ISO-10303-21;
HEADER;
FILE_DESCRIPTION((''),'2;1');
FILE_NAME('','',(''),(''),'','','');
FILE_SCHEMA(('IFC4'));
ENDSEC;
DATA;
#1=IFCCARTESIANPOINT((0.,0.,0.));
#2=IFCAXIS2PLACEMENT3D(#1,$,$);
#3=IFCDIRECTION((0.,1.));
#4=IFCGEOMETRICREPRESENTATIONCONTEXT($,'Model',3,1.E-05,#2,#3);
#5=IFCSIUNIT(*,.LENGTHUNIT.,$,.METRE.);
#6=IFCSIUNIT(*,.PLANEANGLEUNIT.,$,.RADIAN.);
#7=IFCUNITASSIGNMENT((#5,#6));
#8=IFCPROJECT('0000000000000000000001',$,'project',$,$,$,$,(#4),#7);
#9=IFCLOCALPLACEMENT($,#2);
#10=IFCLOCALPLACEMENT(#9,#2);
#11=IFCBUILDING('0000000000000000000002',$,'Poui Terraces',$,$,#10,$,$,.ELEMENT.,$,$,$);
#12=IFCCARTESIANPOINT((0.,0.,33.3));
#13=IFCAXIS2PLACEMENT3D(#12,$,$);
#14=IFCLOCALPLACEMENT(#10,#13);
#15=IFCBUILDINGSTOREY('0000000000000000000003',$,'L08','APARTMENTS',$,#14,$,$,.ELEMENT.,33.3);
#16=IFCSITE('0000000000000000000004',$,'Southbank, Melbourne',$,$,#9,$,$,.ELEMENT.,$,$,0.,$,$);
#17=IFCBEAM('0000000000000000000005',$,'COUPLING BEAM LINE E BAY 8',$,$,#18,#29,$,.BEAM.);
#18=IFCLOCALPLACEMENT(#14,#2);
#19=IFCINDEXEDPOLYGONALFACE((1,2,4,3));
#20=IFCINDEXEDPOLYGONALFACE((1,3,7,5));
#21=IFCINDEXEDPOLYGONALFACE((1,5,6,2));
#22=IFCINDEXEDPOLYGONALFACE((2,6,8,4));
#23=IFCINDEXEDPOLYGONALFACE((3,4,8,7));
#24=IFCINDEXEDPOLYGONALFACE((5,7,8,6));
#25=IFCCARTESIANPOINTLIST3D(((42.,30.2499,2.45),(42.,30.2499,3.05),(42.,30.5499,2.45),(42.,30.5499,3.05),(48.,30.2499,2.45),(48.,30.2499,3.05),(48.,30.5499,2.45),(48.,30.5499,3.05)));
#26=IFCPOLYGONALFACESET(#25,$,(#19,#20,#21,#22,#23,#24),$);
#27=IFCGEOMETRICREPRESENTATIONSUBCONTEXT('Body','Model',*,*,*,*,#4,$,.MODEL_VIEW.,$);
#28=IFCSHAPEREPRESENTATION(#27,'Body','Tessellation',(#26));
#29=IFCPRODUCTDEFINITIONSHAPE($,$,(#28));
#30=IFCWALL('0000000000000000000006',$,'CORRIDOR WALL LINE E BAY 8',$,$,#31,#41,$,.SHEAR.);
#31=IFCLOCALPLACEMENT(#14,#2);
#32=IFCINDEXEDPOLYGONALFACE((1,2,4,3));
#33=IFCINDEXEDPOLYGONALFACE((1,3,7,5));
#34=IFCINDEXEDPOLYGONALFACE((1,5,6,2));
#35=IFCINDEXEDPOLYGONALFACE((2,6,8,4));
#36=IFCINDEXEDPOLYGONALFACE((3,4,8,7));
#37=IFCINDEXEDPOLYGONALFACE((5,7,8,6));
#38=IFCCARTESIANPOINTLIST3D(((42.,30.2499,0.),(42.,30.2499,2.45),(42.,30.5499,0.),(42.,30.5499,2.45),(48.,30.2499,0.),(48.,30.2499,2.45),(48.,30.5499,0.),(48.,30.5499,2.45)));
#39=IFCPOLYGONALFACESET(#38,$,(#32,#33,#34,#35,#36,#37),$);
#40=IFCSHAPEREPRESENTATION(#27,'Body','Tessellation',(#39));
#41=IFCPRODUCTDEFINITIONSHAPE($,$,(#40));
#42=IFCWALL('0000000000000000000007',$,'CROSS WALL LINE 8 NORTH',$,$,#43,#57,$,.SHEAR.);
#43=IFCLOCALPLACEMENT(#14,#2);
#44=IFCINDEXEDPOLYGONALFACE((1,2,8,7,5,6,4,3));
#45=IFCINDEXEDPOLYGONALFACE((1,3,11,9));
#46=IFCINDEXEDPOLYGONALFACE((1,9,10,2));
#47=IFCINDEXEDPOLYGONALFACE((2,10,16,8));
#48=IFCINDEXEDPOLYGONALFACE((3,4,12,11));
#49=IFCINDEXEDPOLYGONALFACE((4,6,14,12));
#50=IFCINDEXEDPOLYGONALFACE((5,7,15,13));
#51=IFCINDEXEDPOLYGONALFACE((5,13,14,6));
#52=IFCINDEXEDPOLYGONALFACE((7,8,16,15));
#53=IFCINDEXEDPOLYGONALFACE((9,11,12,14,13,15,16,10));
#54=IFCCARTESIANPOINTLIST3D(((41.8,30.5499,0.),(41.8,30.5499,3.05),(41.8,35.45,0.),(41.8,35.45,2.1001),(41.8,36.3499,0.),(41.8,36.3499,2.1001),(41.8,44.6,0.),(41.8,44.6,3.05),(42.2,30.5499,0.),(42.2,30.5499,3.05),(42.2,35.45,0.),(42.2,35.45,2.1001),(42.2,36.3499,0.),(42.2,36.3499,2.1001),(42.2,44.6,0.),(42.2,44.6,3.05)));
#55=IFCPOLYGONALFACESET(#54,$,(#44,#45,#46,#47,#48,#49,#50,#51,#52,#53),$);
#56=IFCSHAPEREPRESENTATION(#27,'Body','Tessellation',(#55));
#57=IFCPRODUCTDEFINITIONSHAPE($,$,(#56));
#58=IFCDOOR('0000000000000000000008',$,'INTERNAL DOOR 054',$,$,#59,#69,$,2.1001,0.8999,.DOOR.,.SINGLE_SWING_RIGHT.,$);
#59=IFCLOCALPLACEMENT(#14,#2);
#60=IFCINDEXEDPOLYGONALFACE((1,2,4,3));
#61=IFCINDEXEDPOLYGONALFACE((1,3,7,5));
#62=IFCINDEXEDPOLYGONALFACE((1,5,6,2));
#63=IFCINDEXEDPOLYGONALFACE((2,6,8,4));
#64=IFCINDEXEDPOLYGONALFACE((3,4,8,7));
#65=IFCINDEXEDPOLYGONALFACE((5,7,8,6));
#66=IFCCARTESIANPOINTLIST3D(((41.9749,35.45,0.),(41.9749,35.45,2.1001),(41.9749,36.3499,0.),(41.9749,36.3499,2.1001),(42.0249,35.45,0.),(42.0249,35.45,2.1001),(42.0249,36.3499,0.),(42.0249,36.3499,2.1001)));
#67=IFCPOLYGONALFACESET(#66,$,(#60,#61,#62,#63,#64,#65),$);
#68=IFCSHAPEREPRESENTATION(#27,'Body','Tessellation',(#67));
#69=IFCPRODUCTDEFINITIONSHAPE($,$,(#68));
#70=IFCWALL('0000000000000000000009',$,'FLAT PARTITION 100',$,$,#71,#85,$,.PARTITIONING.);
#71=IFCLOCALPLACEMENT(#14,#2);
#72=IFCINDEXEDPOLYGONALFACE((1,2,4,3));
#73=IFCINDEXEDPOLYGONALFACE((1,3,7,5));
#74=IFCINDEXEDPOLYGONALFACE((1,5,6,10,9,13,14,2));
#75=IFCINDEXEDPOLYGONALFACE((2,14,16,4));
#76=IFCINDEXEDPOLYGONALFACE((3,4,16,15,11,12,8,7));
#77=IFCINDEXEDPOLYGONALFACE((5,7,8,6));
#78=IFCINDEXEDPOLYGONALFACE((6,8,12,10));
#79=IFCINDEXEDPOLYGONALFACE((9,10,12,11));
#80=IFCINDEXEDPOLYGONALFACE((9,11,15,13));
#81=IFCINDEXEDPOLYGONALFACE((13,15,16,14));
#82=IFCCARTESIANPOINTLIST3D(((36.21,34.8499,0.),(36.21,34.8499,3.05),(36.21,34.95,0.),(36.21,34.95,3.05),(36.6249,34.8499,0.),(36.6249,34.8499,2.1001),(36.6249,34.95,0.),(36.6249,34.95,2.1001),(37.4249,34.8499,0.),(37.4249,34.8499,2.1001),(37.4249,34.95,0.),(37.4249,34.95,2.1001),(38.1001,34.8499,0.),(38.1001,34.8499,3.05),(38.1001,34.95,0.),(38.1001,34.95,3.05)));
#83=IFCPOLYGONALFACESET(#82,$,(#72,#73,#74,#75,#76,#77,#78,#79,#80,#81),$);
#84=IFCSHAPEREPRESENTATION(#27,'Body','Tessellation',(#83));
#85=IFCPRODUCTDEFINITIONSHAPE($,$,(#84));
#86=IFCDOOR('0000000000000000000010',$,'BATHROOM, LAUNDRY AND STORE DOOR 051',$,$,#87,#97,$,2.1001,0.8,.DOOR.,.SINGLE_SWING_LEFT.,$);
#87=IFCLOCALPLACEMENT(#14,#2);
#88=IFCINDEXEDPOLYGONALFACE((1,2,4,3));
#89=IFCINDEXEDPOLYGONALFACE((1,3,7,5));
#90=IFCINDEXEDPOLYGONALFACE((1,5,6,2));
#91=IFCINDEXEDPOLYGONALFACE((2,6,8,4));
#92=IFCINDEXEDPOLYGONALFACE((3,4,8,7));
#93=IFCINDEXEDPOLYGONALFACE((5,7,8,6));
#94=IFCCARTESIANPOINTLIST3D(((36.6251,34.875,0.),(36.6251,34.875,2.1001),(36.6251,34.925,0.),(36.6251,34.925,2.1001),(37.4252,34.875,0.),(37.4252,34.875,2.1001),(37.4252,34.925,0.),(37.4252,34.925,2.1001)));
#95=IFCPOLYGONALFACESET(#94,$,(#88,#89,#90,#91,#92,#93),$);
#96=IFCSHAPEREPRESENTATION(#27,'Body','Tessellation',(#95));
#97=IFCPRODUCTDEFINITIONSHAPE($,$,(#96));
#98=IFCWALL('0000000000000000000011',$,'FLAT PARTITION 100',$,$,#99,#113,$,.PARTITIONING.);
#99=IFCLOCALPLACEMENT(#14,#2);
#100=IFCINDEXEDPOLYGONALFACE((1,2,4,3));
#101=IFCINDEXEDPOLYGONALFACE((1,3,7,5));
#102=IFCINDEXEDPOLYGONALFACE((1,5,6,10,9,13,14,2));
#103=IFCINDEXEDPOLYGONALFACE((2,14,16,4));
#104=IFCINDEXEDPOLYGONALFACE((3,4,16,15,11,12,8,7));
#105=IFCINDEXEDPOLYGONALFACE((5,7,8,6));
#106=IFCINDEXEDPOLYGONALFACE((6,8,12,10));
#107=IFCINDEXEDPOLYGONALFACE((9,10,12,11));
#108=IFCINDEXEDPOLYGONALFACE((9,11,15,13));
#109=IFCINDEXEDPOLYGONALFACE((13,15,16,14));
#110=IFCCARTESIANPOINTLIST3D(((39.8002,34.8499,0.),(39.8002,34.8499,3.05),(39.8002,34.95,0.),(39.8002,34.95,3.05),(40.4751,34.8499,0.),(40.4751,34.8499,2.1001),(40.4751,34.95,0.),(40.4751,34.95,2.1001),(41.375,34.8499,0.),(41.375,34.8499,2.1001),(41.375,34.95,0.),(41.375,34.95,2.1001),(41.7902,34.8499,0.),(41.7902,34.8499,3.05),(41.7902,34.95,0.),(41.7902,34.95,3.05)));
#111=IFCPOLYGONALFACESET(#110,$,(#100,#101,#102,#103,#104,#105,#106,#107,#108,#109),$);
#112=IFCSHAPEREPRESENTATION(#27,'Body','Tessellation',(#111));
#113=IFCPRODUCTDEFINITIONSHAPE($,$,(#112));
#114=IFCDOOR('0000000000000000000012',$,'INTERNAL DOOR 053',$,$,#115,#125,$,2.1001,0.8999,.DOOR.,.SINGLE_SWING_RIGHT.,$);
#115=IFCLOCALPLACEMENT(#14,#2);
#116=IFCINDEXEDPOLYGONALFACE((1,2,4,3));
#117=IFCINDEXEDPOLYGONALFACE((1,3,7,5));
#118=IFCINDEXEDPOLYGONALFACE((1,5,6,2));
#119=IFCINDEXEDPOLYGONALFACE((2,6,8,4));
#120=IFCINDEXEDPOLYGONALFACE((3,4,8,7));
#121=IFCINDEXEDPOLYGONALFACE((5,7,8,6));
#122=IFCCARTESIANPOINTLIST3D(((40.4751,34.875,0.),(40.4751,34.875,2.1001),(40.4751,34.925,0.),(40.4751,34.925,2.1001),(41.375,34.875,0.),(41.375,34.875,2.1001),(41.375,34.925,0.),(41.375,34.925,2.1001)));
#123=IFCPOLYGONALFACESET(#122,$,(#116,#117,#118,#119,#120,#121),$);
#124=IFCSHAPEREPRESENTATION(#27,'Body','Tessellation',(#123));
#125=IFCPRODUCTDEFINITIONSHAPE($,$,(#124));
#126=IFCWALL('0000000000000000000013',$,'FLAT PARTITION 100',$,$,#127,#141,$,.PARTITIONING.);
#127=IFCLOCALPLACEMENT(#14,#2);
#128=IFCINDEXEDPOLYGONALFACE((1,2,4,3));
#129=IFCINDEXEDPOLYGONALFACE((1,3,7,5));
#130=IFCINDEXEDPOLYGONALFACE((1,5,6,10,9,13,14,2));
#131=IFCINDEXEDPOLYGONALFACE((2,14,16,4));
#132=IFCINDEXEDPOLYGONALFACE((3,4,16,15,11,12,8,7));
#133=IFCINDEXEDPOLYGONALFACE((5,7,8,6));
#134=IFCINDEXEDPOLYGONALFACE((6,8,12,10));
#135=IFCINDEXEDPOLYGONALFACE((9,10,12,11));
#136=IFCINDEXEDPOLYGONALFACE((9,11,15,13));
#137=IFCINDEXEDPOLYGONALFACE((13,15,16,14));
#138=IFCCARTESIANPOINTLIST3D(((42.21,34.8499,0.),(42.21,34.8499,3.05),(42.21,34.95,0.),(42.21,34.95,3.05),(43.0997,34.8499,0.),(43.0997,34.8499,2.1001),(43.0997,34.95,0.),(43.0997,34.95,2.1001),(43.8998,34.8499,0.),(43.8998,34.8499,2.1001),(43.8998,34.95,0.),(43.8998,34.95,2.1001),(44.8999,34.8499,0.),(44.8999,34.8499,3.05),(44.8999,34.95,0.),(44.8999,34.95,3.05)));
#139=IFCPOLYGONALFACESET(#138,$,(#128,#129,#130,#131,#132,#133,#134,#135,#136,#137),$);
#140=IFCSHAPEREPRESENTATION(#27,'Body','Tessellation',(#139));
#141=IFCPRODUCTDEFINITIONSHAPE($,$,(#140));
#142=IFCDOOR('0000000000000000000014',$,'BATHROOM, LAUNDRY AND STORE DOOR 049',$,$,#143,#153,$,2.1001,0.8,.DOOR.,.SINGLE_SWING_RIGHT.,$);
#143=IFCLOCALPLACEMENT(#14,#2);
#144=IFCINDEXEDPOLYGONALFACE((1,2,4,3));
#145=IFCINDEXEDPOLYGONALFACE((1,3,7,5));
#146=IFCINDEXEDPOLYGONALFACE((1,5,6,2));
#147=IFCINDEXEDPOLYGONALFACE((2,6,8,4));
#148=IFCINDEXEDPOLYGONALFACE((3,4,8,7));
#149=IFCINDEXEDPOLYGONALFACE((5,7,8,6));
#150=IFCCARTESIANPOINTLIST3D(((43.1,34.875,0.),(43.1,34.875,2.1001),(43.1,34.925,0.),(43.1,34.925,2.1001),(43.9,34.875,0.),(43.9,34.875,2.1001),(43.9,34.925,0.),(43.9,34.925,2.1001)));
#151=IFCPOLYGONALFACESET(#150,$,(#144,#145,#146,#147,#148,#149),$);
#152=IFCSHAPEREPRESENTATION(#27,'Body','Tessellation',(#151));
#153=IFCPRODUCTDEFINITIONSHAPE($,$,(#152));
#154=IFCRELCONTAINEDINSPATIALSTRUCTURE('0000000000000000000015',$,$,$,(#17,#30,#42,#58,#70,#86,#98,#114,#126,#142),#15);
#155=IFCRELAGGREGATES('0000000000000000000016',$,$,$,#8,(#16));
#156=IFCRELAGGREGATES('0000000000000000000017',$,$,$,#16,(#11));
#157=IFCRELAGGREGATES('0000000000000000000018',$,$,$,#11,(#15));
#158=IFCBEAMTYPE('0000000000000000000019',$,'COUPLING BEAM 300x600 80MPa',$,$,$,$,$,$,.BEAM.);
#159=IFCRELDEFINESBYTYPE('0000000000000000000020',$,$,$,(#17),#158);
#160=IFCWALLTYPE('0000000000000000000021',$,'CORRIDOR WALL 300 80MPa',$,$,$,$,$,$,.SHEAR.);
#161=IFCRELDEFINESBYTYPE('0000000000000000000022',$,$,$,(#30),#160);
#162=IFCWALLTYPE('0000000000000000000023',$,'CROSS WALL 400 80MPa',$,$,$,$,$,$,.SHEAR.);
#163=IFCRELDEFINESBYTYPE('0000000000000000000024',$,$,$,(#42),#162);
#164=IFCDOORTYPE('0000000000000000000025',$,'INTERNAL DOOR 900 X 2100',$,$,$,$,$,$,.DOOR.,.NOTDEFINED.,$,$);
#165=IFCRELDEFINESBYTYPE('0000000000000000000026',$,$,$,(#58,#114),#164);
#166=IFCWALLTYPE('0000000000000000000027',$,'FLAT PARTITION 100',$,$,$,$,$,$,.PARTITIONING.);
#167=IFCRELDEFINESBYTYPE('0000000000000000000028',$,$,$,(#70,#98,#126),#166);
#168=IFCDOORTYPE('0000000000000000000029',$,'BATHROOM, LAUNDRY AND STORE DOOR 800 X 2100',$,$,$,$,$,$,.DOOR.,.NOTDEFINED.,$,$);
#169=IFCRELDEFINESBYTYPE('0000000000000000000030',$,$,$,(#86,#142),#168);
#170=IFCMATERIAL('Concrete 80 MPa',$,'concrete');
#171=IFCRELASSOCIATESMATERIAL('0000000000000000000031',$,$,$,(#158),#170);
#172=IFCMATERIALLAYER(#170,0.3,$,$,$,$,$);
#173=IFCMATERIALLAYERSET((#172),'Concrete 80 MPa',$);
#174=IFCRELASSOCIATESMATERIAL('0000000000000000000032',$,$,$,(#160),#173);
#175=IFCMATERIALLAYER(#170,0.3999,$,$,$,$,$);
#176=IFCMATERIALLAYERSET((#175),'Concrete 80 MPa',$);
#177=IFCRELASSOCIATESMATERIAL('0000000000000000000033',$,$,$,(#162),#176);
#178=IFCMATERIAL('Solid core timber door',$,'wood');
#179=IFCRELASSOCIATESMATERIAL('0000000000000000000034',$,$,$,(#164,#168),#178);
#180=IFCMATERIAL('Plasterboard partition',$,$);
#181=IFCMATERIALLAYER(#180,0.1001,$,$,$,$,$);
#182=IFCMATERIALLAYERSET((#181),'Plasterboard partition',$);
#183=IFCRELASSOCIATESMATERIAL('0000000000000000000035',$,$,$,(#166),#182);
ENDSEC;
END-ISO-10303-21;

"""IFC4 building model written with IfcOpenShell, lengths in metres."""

from ifc_helpers import new_model, si_unit, direction, frame, frame_2d, origin, origin_2d, place, context, subcontext, project, spatial, rectangle, extrude, source, transform, mapped, material, layer, layer_set, material_profile, profile_set, type_object, element, fill, save


model = new_model("IFC4")

# Units and contexts
model_context = context("Model", 3, precision=1e-05, world=origin(), true_north=direction((0.0, 1.0)))
body_context = subcontext(model_context, "Body", "Model", "MODEL_VIEW")
ifc_project = project(units=[si_unit("LENGTHUNIT", "METRE"), si_unit("PLANEANGLEUNIT", "RADIAN")], contexts=[model_context])

# Site, building, storey
site_placement = place(None, origin())
site = spatial("IfcSite", under=ifc_project, at=site_placement, Name="Southbank, Melbourne", CompositionType="ELEMENT", RefElevation=0.0)
building_placement = place(site_placement, origin())
building = spatial("IfcBuilding", under=site, at=building_placement, Name="Poui Terraces", CompositionType="ELEMENT")
storey_placement = place(building_placement, frame((0.0, 0.0, 33.3)))
storey = spatial("IfcBuildingStorey", under=building, at=storey_placement, Name="L08", Description="APARTMENTS", CompositionType="ELEMENT", Elevation=33.3)

# Beam
ifc_material_1 = material(Name="Concrete 80 MPa", Category="concrete")
ifc_material_profile_1 = material_profile(ifc_material_1, rectangle(XDim=0.3, YDim=0.6001, at=origin_2d()), Name="RC 300x600")
ifc_profile_set_1 = profile_set([ifc_material_profile_1], Name="Concrete 80 MPa")
beam_type = type_object("IfcBeamType", Name="COUPLING BEAM 300x600 80MPa", PredefinedType="BEAM", material=ifc_profile_set_1)
shared_shape_1 = source(origin(), body_context, "Body", "SweptSolid", [
    extrude(rectangle(XDim=0.3, YDim=0.6001, at=origin_2d()), origin(), (0.0, 0.0, 1.0), 6.0),
])
beam_placement = place(storey_placement, frame((42.0, 30.3999, 2.75), z_axis=(1.0, 0.0, 0.0), x_axis=(0.0, 1.0, 0.0)))
element("IfcBeam", 1, at=beam_placement, inside=storey, type_object=beam_type, Name="COUPLING BEAM LINE E BAY 8", PredefinedType="BEAM", context=body_context, shape_type="MappedRepresentation", body=[
    mapped(shared_shape_1, transform((0.0, 0.0, 0.0))),
])

# Wall
ifc_layer_1 = layer(ifc_material_1, 0.3)
ifc_layer_set_1 = layer_set([ifc_layer_1], Name="Concrete 80 MPa")
wall_type_1 = type_object("IfcWallType", Name="CORRIDOR WALL 300 80MPa", PredefinedType="SHEAR", material=ifc_layer_set_1)
wall_1_placement = place(storey_placement, frame((42.0, 30.3999, 0.0), z_axis=(0.0, 0.0, 1.0), x_axis=(1.0, 0.0, 0.0)))
element("IfcWall", 2, at=wall_1_placement, inside=storey, type_object=wall_type_1, Name="CORRIDOR WALL LINE E BAY 8", PredefinedType="SHEAR", context=body_context, shape_type="SweptSolid", body=[
    extrude(rectangle(XDim=6.0, YDim=0.3, at=frame_2d((3.0, 0.0))), origin(), (0.0, 0.0, 1.0), 2.45),
])

# Walls, openings, doors
ifc_layer_2 = layer(ifc_material_1, 0.3999)
ifc_layer_set_2 = layer_set([ifc_layer_2], Name="Concrete 80 MPa")
wall_type_2 = type_object("IfcWallType", Name="CROSS WALL 400 80MPa", PredefinedType="SHEAR", material=ifc_layer_set_2)
wall_2_placement = place(storey_placement, frame((42.0, 30.55, 0.0), z_axis=(0.0, 0.0, 1.0), x_axis=(0.0, 1.0, 0.0)))
wall_2 = element("IfcWall", 3, at=wall_2_placement, inside=storey, type_object=wall_type_2, Name="CROSS WALL LINE 8 NORTH", PredefinedType="SHEAR", context=body_context, shape_type="SweptSolid", body=[
    extrude(rectangle(XDim=14.05, YDim=0.3999, at=frame_2d((7.0249, 0.0))), origin(), (0.0, 0.0, 1.0), 3.05),
])
opening_1_placement = place(wall_2_placement, frame((4.8999, 0.0, 0.0)))
opening_1 = element("IfcOpeningElement", 4, at=opening_1_placement, cuts=wall_2, PredefinedType="OPENING", context=body_context, shape_type="SweptSolid", body=[
    extrude(rectangle(XDim=0.8999, YDim=2.1001, at=frame_2d((0.45, 1.05))), frame((0.0, 0.21, 0.0), z_axis=(0.0, -1.0, 0.0), x_axis=(1.0, 0.0, 0.0)), (0.0, 0.0, 1.0), 0.4199),
])
ifc_material_2 = material(Name="Solid core timber door", Category="wood")
door_type_1 = type_object("IfcDoorType", Name="INTERNAL DOOR 900 X 2100", OperationType="NOTDEFINED", PredefinedType="DOOR", material=ifc_material_2)
door_1_placement = place(opening_1_placement, frame((0.8999, 0.0, 0.0), z_axis=(0.0, 0.0, 1.0), x_axis=(-1.0, 0.0, 0.0)))
door_1 = element("IfcDoor", 5, at=door_1_placement, inside=storey, type_object=door_type_1, Name="INTERNAL DOOR 054", OperationType="SINGLE_SWING_RIGHT", OverallHeight=2.1001, OverallWidth=0.8999, PredefinedType="DOOR", context=body_context, shape_type="SweptSolid", body=[
    extrude(rectangle(XDim=0.8999, YDim=2.1001, at=frame_2d((0.45, 1.05))), frame((0.0, 0.0249, 0.0), z_axis=(0.0, -1.0, 0.0), x_axis=(1.0, 0.0, 0.0)), (0.0, 0.0, 1.0), 0.05),
])
fill(opening_1, door_1)
ifc_material_3 = material(Name="Plasterboard partition")
ifc_layer_3 = layer(ifc_material_3, 0.1001)
ifc_layer_set_3 = layer_set([ifc_layer_3], Name="Plasterboard partition")
wall_type_3 = type_object("IfcWallType", Name="FLAT PARTITION 100", PredefinedType="PARTITIONING", material=ifc_layer_set_3)
wall_3_placement = place(storey_placement, frame((36.21, 34.8999, 0.0), z_axis=(0.0, 0.0, 1.0), x_axis=(1.0, 0.0, 0.0)))
wall_3 = element("IfcWall", 6, at=wall_3_placement, inside=storey, type_object=wall_type_3, Name="FLAT PARTITION 100", PredefinedType="PARTITIONING", context=body_context, shape_type="SweptSolid", body=[
    extrude(rectangle(XDim=1.8901, YDim=0.1001, at=frame_2d((0.9451, 0.0))), origin(), (0.0, 0.0, 1.0), 3.05),
])
opening_2_placement = place(wall_3_placement, frame((0.415, 0.0, 0.0)))
opening_2 = element("IfcOpeningElement", 7, at=opening_2_placement, cuts=wall_3, PredefinedType="OPENING", context=body_context, shape_type="SweptSolid", body=[
    extrude(rectangle(XDim=0.8, YDim=2.1001, at=frame_2d((0.3999, 1.05))), frame((0.0, 0.0601, 0.0), z_axis=(0.0, -1.0, 0.0), x_axis=(1.0, 0.0, 0.0)), (0.0, 0.0, 1.0), 0.1201),
])
door_type_2 = type_object("IfcDoorType", Name="BATHROOM, LAUNDRY AND STORE DOOR 800 X 2100", OperationType="NOTDEFINED", PredefinedType="DOOR", material=ifc_material_2)
door_2_placement = place(opening_2_placement, frame((0.8, 0.0, 0.0), z_axis=(0.0, 0.0, 1.0), x_axis=(-1.0, 0.0, 0.0)))
door_2 = element("IfcDoor", 8, at=door_2_placement, inside=storey, type_object=door_type_2, Name="BATHROOM, LAUNDRY AND STORE DOOR 051", OperationType="SINGLE_SWING_LEFT", OverallHeight=2.1001, OverallWidth=0.8, PredefinedType="DOOR", context=body_context, shape_type="SweptSolid", body=[
    extrude(rectangle(XDim=0.8, YDim=2.1001, at=frame_2d((0.3999, 1.05))), frame((0.0, 0.0249, 0.0), z_axis=(0.0, -1.0, 0.0), x_axis=(1.0, 0.0, 0.0)), (0.0, 0.0, 1.0), 0.05),
])
fill(opening_2, door_2)
wall_4_placement = place(storey_placement, frame((39.8, 34.8999, 0.0), z_axis=(0.0, 0.0, 1.0), x_axis=(1.0, 0.0, 0.0)))
wall_4 = element("IfcWall", 9, at=wall_4_placement, inside=storey, type_object=wall_type_3, Name="FLAT PARTITION 100", PredefinedType="PARTITIONING", context=body_context, shape_type="SweptSolid", body=[
    extrude(rectangle(XDim=1.99, YDim=0.1001, at=frame_2d((0.9951, 0.0))), origin(), (0.0, 0.0, 1.0), 3.05),
])
opening_3_placement = place(wall_4_placement, frame((0.675, 0.0, 0.0)))
opening_3 = element("IfcOpeningElement", 10, at=opening_3_placement, cuts=wall_4, PredefinedType="OPENING", context=body_context, shape_type="SweptSolid", body=[
    extrude(rectangle(XDim=0.8999, YDim=2.1001, at=frame_2d((0.45, 1.05))), frame((0.0, 0.0601, 0.0), z_axis=(0.0, -1.0, 0.0), x_axis=(1.0, 0.0, 0.0)), (0.0, 0.0, 1.0), 0.1201),
])
door_3_placement = place(opening_3_placement, frame((0.8999, 0.0, 0.0), z_axis=(0.0, 0.0, 1.0), x_axis=(-1.0, 0.0, 0.0)))
door_3 = element("IfcDoor", 11, at=door_3_placement, inside=storey, type_object=door_type_1, Name="INTERNAL DOOR 053", OperationType="SINGLE_SWING_RIGHT", OverallHeight=2.1001, OverallWidth=0.8999, PredefinedType="DOOR", context=body_context, shape_type="SweptSolid", body=[
    extrude(rectangle(XDim=0.8999, YDim=2.1001, at=frame_2d((0.45, 1.05))), frame((0.0, 0.0249, 0.0), z_axis=(0.0, -1.0, 0.0), x_axis=(1.0, 0.0, 0.0)), (0.0, 0.0, 1.0), 0.05),
])
fill(opening_3, door_3)
wall_5_placement = place(storey_placement, frame((42.21, 34.8999, 0.0), z_axis=(0.0, 0.0, 1.0), x_axis=(1.0, 0.0, 0.0)))
wall_5 = element("IfcWall", 12, at=wall_5_placement, inside=storey, type_object=wall_type_3, Name="FLAT PARTITION 100", PredefinedType="PARTITIONING", context=body_context, shape_type="SweptSolid", body=[
    extrude(rectangle(XDim=2.6899, YDim=0.1001, at=frame_2d((1.345, 0.0))), origin(), (0.0, 0.0, 1.0), 3.05),
])
opening_4_placement = place(wall_5_placement, frame((0.8899, 0.0, 0.0)))
opening_4 = element("IfcOpeningElement", 13, at=opening_4_placement, cuts=wall_5, PredefinedType="OPENING", context=body_context, shape_type="SweptSolid", body=[
    extrude(rectangle(XDim=0.8, YDim=2.1001, at=frame_2d((0.3999, 1.05))), frame((0.0, 0.0601, 0.0), z_axis=(0.0, -1.0, 0.0), x_axis=(1.0, 0.0, 0.0)), (0.0, 0.0, 1.0), 0.1201),
])
door_4_placement = place(opening_4_placement, frame((0.8, 0.0, 0.0), z_axis=(0.0, 0.0, 1.0), x_axis=(-1.0, 0.0, 0.0)))
door_4 = element("IfcDoor", 14, at=door_4_placement, inside=storey, type_object=door_type_2, Name="BATHROOM, LAUNDRY AND STORE DOOR 049", OperationType="SINGLE_SWING_RIGHT", OverallHeight=2.1001, OverallWidth=0.8, PredefinedType="DOOR", context=body_context, shape_type="SweptSolid", body=[
    extrude(rectangle(XDim=0.8, YDim=2.1001, at=frame_2d((0.3999, 1.05))), frame((0.0, 0.0249, 0.0), z_axis=(0.0, -1.0, 0.0), x_axis=(1.0, 0.0, 0.0)), (0.0, 0.0, 1.0), 0.05),
])
fill(opening_4, door_4)

save(model, "model.ifc")
